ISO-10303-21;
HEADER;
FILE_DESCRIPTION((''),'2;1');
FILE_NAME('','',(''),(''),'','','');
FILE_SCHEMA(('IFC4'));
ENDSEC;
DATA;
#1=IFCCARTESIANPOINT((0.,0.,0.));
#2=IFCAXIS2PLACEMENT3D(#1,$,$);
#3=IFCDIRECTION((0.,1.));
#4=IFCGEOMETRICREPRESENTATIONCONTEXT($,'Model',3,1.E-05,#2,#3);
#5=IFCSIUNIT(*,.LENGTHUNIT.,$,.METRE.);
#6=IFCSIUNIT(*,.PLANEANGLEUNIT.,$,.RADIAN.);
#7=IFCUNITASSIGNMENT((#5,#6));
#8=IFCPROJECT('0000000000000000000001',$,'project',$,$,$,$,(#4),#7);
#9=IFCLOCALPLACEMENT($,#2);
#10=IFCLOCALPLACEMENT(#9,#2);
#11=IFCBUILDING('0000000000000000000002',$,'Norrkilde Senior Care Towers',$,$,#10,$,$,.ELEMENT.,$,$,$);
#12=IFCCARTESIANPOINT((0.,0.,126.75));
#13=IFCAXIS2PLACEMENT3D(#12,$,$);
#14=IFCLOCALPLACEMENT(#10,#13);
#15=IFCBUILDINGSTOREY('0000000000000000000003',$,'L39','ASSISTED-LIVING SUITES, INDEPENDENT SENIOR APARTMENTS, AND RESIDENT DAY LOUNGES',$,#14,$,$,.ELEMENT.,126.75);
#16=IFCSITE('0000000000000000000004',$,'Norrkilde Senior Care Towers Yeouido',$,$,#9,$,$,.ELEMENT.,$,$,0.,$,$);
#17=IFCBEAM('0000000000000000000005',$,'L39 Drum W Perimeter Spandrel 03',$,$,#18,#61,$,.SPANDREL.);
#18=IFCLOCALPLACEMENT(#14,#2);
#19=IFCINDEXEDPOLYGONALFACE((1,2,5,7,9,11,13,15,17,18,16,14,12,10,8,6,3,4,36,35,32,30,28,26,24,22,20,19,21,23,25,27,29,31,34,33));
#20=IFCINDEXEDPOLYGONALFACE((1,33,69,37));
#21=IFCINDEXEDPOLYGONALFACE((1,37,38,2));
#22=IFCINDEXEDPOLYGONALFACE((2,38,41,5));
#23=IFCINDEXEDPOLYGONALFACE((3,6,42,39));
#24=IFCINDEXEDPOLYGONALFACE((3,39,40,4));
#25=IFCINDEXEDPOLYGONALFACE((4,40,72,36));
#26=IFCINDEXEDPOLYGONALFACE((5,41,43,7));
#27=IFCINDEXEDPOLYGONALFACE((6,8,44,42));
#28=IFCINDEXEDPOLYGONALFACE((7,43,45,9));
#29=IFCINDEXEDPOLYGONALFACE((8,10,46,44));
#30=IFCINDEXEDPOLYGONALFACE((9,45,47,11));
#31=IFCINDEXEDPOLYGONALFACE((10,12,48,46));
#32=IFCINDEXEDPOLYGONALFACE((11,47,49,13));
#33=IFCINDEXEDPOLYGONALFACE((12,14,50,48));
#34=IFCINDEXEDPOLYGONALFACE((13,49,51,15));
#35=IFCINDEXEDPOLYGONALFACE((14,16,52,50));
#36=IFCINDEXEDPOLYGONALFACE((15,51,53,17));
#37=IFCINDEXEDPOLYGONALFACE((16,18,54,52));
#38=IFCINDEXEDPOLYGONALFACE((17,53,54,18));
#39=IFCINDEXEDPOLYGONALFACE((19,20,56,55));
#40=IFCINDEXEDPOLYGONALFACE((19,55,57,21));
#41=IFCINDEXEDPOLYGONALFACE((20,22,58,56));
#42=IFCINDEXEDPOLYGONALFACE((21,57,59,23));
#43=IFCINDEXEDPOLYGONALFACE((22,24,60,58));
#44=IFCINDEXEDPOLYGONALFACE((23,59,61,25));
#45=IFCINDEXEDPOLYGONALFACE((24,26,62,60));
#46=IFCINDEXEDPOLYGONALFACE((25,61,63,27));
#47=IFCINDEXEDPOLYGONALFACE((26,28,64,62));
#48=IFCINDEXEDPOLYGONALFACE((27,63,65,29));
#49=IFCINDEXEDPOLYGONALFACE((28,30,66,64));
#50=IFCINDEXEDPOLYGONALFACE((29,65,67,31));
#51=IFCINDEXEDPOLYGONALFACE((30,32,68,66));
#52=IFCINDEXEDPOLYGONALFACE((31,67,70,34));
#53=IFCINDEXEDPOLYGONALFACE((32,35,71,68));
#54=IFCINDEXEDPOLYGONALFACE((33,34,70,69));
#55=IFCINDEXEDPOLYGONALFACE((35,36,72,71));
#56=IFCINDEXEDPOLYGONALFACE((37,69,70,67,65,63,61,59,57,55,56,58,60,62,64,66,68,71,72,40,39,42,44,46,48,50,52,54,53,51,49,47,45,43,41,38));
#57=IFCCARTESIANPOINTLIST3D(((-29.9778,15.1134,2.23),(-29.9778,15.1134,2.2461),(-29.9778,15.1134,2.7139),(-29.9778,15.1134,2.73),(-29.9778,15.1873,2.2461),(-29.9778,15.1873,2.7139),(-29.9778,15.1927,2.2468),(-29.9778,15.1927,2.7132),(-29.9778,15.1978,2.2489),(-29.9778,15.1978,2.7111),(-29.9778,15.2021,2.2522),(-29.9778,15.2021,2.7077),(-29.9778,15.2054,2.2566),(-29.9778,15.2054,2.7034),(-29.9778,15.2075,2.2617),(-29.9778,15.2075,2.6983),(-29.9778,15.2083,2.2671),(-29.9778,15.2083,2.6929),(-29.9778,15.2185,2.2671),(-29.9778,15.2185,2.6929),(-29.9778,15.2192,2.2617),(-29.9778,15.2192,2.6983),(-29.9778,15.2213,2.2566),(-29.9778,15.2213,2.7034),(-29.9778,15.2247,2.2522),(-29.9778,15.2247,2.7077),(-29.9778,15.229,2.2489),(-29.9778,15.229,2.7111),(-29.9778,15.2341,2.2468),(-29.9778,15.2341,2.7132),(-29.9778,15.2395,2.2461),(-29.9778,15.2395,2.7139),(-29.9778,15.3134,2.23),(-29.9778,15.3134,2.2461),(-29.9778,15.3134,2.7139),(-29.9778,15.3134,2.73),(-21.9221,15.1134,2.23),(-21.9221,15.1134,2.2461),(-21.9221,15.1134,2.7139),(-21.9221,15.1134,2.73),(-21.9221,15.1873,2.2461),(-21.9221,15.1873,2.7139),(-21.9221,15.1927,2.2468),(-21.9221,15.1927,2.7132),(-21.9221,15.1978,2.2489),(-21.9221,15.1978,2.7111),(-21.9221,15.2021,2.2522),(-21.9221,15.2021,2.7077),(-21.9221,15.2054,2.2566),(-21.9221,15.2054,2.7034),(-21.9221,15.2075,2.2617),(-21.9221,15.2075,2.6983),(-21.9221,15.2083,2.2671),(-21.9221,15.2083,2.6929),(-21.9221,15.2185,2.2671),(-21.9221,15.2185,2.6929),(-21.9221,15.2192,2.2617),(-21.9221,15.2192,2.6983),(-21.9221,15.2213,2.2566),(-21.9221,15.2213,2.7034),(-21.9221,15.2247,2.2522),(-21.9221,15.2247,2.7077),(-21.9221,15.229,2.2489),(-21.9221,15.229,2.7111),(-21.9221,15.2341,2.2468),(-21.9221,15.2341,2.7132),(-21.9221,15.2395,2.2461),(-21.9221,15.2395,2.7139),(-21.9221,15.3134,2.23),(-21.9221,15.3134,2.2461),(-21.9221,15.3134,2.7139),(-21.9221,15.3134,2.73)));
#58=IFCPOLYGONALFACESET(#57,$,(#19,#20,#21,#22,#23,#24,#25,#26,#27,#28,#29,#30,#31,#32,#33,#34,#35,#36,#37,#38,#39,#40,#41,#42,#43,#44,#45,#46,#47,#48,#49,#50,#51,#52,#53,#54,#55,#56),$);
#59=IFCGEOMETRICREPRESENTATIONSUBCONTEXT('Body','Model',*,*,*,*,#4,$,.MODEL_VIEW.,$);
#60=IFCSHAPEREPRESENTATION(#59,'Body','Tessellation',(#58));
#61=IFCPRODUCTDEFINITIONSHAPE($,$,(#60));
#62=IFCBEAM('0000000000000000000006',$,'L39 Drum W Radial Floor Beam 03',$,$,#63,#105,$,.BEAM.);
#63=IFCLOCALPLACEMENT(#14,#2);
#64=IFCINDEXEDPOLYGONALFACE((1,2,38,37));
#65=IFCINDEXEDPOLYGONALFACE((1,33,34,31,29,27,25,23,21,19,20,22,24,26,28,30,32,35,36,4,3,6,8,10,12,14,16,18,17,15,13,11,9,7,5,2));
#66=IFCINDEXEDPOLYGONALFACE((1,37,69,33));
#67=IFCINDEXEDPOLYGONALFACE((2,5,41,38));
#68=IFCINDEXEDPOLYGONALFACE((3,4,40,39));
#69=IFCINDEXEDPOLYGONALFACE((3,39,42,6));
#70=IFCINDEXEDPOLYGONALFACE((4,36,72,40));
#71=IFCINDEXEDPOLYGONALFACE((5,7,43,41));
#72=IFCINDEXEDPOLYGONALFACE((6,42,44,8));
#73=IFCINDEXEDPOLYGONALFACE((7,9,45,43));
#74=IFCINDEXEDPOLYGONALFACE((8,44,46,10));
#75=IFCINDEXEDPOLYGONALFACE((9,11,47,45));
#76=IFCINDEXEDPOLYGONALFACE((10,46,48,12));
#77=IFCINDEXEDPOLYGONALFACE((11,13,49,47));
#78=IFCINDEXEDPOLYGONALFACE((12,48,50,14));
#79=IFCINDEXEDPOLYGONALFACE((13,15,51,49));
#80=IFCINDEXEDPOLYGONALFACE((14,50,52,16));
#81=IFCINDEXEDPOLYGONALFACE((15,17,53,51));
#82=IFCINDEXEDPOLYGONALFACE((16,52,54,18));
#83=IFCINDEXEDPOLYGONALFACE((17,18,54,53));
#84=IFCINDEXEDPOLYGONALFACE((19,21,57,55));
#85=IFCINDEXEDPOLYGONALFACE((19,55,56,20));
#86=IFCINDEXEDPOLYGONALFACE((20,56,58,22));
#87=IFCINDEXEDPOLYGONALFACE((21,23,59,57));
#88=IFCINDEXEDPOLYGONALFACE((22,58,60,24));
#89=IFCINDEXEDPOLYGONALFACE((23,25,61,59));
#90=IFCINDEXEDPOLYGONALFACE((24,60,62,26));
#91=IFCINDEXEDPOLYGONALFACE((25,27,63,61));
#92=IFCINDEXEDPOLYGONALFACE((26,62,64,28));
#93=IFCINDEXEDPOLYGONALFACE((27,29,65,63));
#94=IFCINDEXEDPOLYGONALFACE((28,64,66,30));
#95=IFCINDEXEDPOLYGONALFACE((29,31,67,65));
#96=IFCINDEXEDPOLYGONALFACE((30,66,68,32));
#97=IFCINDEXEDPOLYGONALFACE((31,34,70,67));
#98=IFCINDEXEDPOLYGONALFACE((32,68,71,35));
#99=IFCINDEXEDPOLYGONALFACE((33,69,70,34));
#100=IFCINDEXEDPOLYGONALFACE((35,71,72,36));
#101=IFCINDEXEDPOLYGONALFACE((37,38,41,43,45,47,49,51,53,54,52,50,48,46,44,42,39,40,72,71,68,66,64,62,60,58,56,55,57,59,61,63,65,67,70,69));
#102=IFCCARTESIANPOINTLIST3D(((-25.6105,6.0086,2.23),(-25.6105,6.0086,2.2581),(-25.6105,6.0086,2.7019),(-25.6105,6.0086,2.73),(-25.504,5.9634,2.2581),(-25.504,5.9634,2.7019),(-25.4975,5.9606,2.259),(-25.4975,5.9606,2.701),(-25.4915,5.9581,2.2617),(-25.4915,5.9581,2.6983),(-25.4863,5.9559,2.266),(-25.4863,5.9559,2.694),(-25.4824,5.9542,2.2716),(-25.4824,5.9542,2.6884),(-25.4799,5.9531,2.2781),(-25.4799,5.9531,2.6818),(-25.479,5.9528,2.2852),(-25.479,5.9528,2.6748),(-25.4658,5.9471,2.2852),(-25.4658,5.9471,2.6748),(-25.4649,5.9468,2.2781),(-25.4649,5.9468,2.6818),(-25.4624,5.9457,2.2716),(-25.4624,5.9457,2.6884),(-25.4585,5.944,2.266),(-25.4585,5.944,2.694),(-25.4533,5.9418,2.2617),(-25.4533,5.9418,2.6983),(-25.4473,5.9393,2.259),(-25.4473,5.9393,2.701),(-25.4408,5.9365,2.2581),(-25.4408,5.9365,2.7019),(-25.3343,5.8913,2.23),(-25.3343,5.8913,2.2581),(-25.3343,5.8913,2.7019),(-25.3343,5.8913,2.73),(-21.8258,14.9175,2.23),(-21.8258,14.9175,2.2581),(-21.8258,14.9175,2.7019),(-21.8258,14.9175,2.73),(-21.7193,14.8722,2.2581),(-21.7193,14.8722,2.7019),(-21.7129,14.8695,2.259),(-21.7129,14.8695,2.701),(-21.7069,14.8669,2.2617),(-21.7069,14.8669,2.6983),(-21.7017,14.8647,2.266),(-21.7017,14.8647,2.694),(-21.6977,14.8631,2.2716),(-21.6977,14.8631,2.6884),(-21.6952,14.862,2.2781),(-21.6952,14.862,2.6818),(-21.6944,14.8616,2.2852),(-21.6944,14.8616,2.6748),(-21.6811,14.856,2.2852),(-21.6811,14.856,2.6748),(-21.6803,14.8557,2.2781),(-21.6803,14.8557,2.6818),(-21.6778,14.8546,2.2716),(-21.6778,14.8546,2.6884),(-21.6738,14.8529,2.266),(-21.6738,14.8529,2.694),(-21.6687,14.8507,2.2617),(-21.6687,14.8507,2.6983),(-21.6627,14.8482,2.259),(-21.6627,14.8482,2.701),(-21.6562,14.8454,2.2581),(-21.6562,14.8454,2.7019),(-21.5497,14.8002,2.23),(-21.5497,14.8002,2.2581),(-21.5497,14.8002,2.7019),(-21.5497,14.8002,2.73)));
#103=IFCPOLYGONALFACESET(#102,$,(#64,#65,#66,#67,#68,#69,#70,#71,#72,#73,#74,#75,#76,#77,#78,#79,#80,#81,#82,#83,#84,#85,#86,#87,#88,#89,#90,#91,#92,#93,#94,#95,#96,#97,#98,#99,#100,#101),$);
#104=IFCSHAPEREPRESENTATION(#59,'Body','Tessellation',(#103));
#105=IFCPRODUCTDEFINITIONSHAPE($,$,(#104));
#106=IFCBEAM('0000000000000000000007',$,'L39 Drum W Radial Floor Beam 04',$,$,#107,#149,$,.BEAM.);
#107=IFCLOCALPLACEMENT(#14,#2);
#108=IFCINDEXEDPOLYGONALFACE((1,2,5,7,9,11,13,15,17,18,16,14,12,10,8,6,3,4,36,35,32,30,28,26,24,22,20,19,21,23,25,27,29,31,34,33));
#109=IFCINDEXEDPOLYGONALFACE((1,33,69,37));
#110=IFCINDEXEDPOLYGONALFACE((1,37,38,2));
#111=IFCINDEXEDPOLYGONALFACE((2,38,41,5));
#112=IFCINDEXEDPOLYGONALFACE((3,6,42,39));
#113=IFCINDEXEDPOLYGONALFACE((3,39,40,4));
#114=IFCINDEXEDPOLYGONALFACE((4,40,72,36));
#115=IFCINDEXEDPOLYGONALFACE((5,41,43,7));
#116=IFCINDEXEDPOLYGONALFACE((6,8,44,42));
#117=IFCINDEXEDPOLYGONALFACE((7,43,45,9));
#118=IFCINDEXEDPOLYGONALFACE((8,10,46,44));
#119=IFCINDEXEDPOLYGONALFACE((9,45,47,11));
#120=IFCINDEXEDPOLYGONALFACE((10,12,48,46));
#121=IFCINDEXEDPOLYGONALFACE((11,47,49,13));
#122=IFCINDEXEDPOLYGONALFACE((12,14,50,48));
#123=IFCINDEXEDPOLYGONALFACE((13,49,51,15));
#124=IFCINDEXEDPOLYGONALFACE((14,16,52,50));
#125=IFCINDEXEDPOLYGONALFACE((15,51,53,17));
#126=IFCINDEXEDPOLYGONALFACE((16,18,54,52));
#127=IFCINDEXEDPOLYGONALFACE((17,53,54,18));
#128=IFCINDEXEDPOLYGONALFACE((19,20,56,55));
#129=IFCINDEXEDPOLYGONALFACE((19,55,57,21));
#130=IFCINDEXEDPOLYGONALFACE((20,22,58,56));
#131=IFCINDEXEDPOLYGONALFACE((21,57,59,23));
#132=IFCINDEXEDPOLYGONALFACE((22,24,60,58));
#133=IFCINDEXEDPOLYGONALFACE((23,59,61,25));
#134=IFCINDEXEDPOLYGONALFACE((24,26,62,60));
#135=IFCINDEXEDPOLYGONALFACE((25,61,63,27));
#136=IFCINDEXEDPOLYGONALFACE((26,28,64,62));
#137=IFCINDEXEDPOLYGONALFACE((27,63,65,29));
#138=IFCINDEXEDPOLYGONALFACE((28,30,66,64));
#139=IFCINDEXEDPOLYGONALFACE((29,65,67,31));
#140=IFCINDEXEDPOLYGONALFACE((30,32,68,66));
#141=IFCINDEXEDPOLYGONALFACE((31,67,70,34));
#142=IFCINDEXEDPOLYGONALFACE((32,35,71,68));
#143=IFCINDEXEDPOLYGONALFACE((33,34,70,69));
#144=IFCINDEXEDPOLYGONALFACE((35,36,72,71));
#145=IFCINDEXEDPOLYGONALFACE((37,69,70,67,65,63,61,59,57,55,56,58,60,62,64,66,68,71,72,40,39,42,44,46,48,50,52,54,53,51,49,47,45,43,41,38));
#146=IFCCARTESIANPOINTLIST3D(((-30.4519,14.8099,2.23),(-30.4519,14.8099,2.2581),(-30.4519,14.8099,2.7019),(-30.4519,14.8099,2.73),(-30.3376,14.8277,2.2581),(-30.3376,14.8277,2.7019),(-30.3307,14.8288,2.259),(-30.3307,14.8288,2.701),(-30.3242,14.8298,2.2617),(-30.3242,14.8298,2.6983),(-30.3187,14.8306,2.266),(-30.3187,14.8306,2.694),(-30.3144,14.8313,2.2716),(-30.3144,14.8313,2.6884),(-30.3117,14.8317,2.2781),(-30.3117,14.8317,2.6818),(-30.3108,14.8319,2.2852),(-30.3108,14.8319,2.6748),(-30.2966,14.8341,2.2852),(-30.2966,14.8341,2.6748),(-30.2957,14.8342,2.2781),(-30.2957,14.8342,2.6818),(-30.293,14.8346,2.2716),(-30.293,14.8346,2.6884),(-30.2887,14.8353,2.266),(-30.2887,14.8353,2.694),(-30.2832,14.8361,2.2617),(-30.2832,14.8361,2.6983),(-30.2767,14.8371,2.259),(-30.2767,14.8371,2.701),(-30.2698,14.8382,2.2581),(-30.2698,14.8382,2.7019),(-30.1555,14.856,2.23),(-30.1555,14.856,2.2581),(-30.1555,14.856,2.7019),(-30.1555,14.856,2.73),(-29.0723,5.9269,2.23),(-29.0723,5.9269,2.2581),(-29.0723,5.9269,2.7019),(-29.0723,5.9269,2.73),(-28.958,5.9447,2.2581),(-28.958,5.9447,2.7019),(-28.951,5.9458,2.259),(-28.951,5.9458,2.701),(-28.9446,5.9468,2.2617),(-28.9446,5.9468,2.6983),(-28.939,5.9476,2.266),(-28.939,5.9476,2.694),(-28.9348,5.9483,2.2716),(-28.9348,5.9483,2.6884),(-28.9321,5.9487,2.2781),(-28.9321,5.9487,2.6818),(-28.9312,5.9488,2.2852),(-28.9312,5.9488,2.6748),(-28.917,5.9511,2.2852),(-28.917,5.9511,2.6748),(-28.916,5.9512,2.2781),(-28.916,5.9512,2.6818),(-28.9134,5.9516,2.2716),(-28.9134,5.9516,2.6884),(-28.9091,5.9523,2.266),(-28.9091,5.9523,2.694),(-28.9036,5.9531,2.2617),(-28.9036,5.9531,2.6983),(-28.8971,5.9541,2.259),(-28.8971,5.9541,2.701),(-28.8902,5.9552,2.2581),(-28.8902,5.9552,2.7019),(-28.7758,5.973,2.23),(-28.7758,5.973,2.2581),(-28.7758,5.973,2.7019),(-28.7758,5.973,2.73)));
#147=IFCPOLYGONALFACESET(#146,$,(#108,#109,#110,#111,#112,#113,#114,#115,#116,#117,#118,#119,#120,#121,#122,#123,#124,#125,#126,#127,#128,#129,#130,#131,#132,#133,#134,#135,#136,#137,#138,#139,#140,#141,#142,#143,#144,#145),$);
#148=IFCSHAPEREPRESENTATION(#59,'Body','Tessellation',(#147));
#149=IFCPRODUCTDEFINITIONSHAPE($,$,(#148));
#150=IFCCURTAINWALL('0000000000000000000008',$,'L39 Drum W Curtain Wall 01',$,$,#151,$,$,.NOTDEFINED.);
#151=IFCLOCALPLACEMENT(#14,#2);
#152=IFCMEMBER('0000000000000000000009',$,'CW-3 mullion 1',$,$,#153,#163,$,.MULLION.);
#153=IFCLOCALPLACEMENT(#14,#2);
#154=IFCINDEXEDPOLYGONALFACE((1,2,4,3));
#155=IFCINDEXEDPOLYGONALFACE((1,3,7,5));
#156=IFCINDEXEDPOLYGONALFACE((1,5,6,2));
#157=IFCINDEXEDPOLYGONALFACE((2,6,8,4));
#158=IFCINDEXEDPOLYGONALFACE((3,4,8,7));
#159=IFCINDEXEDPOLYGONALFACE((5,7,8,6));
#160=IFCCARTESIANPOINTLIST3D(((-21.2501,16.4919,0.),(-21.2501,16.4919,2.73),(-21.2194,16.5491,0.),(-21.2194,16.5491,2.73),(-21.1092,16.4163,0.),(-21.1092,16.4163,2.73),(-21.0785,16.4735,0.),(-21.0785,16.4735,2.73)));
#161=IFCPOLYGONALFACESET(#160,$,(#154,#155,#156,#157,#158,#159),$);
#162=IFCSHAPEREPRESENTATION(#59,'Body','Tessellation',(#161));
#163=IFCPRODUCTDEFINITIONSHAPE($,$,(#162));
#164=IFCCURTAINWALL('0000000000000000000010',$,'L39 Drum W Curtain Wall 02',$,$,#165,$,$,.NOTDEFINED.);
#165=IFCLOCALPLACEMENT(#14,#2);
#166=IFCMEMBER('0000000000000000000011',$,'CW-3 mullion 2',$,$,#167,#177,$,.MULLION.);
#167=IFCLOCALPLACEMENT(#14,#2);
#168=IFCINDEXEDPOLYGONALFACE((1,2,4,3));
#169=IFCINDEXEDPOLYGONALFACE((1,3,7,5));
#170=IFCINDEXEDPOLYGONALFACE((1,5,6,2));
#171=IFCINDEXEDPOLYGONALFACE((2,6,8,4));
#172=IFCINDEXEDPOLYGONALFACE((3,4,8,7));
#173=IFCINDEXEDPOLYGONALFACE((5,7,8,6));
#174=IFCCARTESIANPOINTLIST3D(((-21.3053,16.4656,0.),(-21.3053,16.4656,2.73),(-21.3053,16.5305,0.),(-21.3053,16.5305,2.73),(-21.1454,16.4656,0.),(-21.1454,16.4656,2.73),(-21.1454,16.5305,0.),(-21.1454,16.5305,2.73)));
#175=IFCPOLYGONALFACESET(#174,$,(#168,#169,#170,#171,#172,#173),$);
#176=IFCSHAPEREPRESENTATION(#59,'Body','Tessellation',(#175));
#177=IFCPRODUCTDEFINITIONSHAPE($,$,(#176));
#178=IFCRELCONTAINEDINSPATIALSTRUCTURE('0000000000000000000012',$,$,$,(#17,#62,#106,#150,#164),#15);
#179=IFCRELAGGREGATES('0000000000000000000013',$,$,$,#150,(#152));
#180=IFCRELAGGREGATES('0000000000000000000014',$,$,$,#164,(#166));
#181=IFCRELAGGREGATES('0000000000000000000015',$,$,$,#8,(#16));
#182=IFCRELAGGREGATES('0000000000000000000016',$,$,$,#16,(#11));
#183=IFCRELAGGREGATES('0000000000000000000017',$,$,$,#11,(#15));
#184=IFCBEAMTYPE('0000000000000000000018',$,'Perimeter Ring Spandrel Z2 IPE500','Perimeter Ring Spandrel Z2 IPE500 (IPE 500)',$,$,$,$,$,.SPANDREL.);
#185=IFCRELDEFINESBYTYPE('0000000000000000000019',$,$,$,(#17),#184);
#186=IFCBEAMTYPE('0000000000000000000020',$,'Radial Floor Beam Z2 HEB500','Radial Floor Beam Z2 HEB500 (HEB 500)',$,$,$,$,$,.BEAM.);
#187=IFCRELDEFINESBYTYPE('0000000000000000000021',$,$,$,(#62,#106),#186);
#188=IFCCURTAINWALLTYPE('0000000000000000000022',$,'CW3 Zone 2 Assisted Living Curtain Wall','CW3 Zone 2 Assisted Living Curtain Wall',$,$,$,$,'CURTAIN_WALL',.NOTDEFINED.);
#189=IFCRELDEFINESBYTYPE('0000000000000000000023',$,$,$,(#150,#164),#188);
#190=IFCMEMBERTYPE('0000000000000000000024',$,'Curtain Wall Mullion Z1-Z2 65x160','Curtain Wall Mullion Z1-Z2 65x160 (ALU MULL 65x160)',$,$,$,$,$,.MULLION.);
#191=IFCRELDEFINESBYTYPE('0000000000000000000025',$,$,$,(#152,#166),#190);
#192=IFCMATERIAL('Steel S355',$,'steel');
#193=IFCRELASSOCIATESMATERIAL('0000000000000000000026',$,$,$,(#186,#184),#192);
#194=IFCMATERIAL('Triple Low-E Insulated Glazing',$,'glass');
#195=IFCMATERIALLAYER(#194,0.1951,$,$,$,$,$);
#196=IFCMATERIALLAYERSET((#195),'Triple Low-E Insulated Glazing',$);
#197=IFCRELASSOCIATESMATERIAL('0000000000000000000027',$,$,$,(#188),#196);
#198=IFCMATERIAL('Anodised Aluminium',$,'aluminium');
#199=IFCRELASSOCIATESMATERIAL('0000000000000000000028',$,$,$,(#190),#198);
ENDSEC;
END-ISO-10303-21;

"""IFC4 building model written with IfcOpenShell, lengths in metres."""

from ifc_helpers import new_model, si_unit, direction, frame, origin, origin_2d, place, context, subcontext, project, spatial, rectangle, i_section, extrude, source, transform, mapped, material, layer, layer_set, material_profile, profile_set, type_object, type_shapes, element, aggregate, save


model = new_model("IFC4")

# Units and contexts
model_context = context("Model", 3, precision=1e-05, world=origin(), true_north=direction((0.0, 1.0)))
body_context = subcontext(model_context, "Body", "Model", "MODEL_VIEW")
ifc_project = project(units=[si_unit("LENGTHUNIT", "METRE"), si_unit("PLANEANGLEUNIT", "RADIAN")], contexts=[model_context])

# Site, building, storey
site_placement = place(None, origin())
site = spatial("IfcSite", under=ifc_project, at=site_placement, Name="Norrkilde Senior Care Towers Yeouido", CompositionType="ELEMENT", RefElevation=0.0)
building_placement = place(site_placement, origin())
building = spatial("IfcBuilding", under=site, at=building_placement, Name="Norrkilde Senior Care Towers", CompositionType="ELEMENT")
storey_placement = place(building_placement, frame((0.0, 0.0, 126.75)))
storey = spatial("IfcBuildingStorey", under=building, at=storey_placement, Name="L39", Description="ASSISTED-LIVING SUITES, INDEPENDENT SENIOR APARTMENTS, AND RESIDENT DAY LOUNGES", CompositionType="ELEMENT", Elevation=126.75)

# Beams
ifc_material_1 = material(Name="Steel S355", Category="steel")
ifc_material_profile_1 = material_profile(ifc_material_1, i_section(OverallWidth=0.3, OverallDepth=0.5, WebThickness=0.0144, FlangeThickness=0.0281, FilletRadius=0.0271, at=origin_2d()), Name="HEB 500")
ifc_profile_set_1 = profile_set([ifc_material_profile_1], Name="Steel S355")
beam_type_1 = type_object("IfcBeamType", Name="Radial Floor Beam Z2 HEB500", Description="Radial Floor Beam Z2 HEB500 (HEB 500)", PredefinedType="BEAM", material=ifc_profile_set_1)
ifc_material_profile_2 = material_profile(ifc_material_1, i_section(OverallWidth=0.2, OverallDepth=0.5, WebThickness=0.0103, FlangeThickness=0.0161, FilletRadius=0.021, at=origin_2d()), Name="IPE 500")
ifc_profile_set_2 = profile_set([ifc_material_profile_2], Name="Steel S355")
beam_type_2 = type_object("IfcBeamType", Name="Perimeter Ring Spandrel Z2 IPE500", Description="Perimeter Ring Spandrel Z2 IPE500 (IPE 500)", PredefinedType="SPANDREL", material=ifc_profile_set_2)
shared_shape_1 = source(origin(), body_context, "Body", "SweptSolid", [
    extrude(i_section(OverallWidth=0.2, OverallDepth=0.5, WebThickness=0.0103, FlangeThickness=0.0161, FilletRadius=0.021, at=origin_2d()), origin(), (0.0, 0.0, 1.0), 8.0557),
])
type_shapes(beam_type_2, [shared_shape_1])
beam_1_placement = place(storey_placement, frame((-21.9221, 15.2134, 2.48), z_axis=(-1.0, 0.0, 0.0), x_axis=(0.0, -1.0, 0.0)))
element("IfcBeam", 1, at=beam_1_placement, inside=storey, type_object=beam_type_2, Name="L39 Drum W Perimeter Spandrel 03", PredefinedType="SPANDREL", context=body_context, shape_type="MappedRepresentation", body=[
    mapped(shared_shape_1, transform((0.0, 0.0, 0.0), x_axis=(1.0, 0.0, 0.0), y_axis=(0.0, 1.0, 0.0), z_axis=(0.0, 0.0, 1.0), scale=1.0)),
])
shared_shape_2 = source(origin(), body_context, "Body", "SweptSolid", [
    extrude(i_section(OverallWidth=0.3, OverallDepth=0.5, WebThickness=0.0144, FlangeThickness=0.0281, FilletRadius=0.0271, at=origin_2d()), origin(), (0.0, 0.0, 1.0), 9.6794),
])
beam_2_placement = place(storey_placement, frame((-25.4724, 5.95, 2.48), z_axis=(0.390998, 0.920392, 0.0), x_axis=(-0.920392, 0.390998, 0.0)))
element("IfcBeam", 2, at=beam_2_placement, inside=storey, type_object=beam_type_1, Name="L39 Drum W Radial Floor Beam 03", PredefinedType="BEAM", context=body_context, shape_type="MappedRepresentation", body=[
    mapped(shared_shape_2, transform((0.0, 0.0, 0.0), x_axis=(1.0, 0.0, 0.0), y_axis=(0.0, 1.0, 0.0), z_axis=(0.0, 0.0, 1.0), scale=1.0)),
])
shared_shape_3 = source(origin(), body_context, "Body", "SweptSolid", [
    extrude(i_section(OverallWidth=0.3, OverallDepth=0.5, WebThickness=0.0144, FlangeThickness=0.0281, FilletRadius=0.0271, at=origin_2d()), origin(), (0.0, 0.0, 1.0), 8.9895),
])
beam_3_placement = place(storey_placement, frame((-28.9241, 5.95, 2.48), z_axis=(-0.153471, 0.988153, 0.0), x_axis=(-0.988153, -0.153471, 0.0)))
element("IfcBeam", 3, at=beam_3_placement, inside=storey, type_object=beam_type_1, Name="L39 Drum W Radial Floor Beam 04", PredefinedType="BEAM", context=body_context, shape_type="MappedRepresentation", body=[
    mapped(shared_shape_3, transform((0.0, 0.0, 0.0), x_axis=(1.0, 0.0, 0.0), y_axis=(0.0, 1.0, 0.0), z_axis=(0.0, 0.0, 1.0), scale=1.0)),
])

# Curtain walls, members
ifc_material_2 = material(Name="Triple Low-E Insulated Glazing", Category="glass")
ifc_layer_1 = layer(ifc_material_2, 0.1951)
ifc_layer_set_1 = layer_set([ifc_layer_1], Name="Triple Low-E Insulated Glazing")
curtain_wall_type = type_object("IfcCurtainWallType", Name="CW3 Zone 2 Assisted Living Curtain Wall", Description="CW3 Zone 2 Assisted Living Curtain Wall", ElementType="CURTAIN_WALL", PredefinedType="NOTDEFINED", material=ifc_layer_set_1)
curtain_wall_1_placement = place(storey_placement, origin())
curtain_wall_1 = element("IfcCurtainWall", 4, at=curtain_wall_1_placement, inside=storey, type_object=curtain_wall_type, Name="L39 Drum W Curtain Wall 01", PredefinedType="NOTDEFINED")
ifc_material_3 = material(Name="Anodised Aluminium", Category="aluminium")
ifc_material_profile_3 = material_profile(ifc_material_3, rectangle(XDim=0.0649, YDim=0.1599, at=origin_2d()), Name="ALU MULL 65x160")
ifc_profile_set_3 = profile_set([ifc_material_profile_3], Name="Anodised Aluminium")
member_type_1 = type_object("IfcMemberType", Name="Curtain Wall Mullion Z1-Z2 65x160", Description="Curtain Wall Mullion Z1-Z2 65x160 (ALU MULL 65x160)", PredefinedType="MULLION", material=ifc_profile_set_3)
shared_shape_4 = source(origin(), body_context, "Body", "SweptSolid", [
    extrude(rectangle(XDim=0.0649, YDim=0.1599, at=origin_2d()), origin(), (0.0, 0.0, 1.0), 2.73),
])
type_shapes(member_type_1, [shared_shape_4])
member_1_placement = place(storey_placement, frame((-21.1643, 16.4827, 0.0), z_axis=(0.0, 0.0, 1.0), x_axis=(0.472769, 0.881186, 0.0)))
member_1 = element("IfcMember", 5, at=member_1_placement, type_object=member_type_1, Name="CW-3 mullion 1", PredefinedType="MULLION", context=body_context, shape_type="MappedRepresentation", body=[
    mapped(shared_shape_4, transform((0.0, 0.0, 0.0), x_axis=(1.0, 0.0, 0.0), y_axis=(0.0, 1.0, 0.0), z_axis=(0.0, 0.0, 1.0), scale=1.0)),
])
curtain_wall_2_placement = place(storey_placement, origin())
curtain_wall_2 = element("IfcCurtainWall", 6, at=curtain_wall_2_placement, inside=storey, type_object=curtain_wall_type, Name="L39 Drum W Curtain Wall 02", PredefinedType="NOTDEFINED")
member_2_placement = place(storey_placement, frame((-21.2253, 16.498, 0.0), z_axis=(0.0, 0.0, 1.0), x_axis=(0.0, 1.0, 0.0)))
member_2 = element("IfcMember", 7, at=member_2_placement, type_object=member_type_1, Name="CW-3 mullion 2", PredefinedType="MULLION", context=body_context, shape_type="MappedRepresentation", body=[
    mapped(shared_shape_4, transform((0.0, 0.0, 0.0), x_axis=(1.0, 0.0, 0.0), y_axis=(0.0, 1.0, 0.0), z_axis=(0.0, 0.0, 1.0), scale=1.0)),
])

aggregate(curtain_wall_1, [member_1])

aggregate(curtain_wall_2, [member_2])

save(model, "model.ifc")
